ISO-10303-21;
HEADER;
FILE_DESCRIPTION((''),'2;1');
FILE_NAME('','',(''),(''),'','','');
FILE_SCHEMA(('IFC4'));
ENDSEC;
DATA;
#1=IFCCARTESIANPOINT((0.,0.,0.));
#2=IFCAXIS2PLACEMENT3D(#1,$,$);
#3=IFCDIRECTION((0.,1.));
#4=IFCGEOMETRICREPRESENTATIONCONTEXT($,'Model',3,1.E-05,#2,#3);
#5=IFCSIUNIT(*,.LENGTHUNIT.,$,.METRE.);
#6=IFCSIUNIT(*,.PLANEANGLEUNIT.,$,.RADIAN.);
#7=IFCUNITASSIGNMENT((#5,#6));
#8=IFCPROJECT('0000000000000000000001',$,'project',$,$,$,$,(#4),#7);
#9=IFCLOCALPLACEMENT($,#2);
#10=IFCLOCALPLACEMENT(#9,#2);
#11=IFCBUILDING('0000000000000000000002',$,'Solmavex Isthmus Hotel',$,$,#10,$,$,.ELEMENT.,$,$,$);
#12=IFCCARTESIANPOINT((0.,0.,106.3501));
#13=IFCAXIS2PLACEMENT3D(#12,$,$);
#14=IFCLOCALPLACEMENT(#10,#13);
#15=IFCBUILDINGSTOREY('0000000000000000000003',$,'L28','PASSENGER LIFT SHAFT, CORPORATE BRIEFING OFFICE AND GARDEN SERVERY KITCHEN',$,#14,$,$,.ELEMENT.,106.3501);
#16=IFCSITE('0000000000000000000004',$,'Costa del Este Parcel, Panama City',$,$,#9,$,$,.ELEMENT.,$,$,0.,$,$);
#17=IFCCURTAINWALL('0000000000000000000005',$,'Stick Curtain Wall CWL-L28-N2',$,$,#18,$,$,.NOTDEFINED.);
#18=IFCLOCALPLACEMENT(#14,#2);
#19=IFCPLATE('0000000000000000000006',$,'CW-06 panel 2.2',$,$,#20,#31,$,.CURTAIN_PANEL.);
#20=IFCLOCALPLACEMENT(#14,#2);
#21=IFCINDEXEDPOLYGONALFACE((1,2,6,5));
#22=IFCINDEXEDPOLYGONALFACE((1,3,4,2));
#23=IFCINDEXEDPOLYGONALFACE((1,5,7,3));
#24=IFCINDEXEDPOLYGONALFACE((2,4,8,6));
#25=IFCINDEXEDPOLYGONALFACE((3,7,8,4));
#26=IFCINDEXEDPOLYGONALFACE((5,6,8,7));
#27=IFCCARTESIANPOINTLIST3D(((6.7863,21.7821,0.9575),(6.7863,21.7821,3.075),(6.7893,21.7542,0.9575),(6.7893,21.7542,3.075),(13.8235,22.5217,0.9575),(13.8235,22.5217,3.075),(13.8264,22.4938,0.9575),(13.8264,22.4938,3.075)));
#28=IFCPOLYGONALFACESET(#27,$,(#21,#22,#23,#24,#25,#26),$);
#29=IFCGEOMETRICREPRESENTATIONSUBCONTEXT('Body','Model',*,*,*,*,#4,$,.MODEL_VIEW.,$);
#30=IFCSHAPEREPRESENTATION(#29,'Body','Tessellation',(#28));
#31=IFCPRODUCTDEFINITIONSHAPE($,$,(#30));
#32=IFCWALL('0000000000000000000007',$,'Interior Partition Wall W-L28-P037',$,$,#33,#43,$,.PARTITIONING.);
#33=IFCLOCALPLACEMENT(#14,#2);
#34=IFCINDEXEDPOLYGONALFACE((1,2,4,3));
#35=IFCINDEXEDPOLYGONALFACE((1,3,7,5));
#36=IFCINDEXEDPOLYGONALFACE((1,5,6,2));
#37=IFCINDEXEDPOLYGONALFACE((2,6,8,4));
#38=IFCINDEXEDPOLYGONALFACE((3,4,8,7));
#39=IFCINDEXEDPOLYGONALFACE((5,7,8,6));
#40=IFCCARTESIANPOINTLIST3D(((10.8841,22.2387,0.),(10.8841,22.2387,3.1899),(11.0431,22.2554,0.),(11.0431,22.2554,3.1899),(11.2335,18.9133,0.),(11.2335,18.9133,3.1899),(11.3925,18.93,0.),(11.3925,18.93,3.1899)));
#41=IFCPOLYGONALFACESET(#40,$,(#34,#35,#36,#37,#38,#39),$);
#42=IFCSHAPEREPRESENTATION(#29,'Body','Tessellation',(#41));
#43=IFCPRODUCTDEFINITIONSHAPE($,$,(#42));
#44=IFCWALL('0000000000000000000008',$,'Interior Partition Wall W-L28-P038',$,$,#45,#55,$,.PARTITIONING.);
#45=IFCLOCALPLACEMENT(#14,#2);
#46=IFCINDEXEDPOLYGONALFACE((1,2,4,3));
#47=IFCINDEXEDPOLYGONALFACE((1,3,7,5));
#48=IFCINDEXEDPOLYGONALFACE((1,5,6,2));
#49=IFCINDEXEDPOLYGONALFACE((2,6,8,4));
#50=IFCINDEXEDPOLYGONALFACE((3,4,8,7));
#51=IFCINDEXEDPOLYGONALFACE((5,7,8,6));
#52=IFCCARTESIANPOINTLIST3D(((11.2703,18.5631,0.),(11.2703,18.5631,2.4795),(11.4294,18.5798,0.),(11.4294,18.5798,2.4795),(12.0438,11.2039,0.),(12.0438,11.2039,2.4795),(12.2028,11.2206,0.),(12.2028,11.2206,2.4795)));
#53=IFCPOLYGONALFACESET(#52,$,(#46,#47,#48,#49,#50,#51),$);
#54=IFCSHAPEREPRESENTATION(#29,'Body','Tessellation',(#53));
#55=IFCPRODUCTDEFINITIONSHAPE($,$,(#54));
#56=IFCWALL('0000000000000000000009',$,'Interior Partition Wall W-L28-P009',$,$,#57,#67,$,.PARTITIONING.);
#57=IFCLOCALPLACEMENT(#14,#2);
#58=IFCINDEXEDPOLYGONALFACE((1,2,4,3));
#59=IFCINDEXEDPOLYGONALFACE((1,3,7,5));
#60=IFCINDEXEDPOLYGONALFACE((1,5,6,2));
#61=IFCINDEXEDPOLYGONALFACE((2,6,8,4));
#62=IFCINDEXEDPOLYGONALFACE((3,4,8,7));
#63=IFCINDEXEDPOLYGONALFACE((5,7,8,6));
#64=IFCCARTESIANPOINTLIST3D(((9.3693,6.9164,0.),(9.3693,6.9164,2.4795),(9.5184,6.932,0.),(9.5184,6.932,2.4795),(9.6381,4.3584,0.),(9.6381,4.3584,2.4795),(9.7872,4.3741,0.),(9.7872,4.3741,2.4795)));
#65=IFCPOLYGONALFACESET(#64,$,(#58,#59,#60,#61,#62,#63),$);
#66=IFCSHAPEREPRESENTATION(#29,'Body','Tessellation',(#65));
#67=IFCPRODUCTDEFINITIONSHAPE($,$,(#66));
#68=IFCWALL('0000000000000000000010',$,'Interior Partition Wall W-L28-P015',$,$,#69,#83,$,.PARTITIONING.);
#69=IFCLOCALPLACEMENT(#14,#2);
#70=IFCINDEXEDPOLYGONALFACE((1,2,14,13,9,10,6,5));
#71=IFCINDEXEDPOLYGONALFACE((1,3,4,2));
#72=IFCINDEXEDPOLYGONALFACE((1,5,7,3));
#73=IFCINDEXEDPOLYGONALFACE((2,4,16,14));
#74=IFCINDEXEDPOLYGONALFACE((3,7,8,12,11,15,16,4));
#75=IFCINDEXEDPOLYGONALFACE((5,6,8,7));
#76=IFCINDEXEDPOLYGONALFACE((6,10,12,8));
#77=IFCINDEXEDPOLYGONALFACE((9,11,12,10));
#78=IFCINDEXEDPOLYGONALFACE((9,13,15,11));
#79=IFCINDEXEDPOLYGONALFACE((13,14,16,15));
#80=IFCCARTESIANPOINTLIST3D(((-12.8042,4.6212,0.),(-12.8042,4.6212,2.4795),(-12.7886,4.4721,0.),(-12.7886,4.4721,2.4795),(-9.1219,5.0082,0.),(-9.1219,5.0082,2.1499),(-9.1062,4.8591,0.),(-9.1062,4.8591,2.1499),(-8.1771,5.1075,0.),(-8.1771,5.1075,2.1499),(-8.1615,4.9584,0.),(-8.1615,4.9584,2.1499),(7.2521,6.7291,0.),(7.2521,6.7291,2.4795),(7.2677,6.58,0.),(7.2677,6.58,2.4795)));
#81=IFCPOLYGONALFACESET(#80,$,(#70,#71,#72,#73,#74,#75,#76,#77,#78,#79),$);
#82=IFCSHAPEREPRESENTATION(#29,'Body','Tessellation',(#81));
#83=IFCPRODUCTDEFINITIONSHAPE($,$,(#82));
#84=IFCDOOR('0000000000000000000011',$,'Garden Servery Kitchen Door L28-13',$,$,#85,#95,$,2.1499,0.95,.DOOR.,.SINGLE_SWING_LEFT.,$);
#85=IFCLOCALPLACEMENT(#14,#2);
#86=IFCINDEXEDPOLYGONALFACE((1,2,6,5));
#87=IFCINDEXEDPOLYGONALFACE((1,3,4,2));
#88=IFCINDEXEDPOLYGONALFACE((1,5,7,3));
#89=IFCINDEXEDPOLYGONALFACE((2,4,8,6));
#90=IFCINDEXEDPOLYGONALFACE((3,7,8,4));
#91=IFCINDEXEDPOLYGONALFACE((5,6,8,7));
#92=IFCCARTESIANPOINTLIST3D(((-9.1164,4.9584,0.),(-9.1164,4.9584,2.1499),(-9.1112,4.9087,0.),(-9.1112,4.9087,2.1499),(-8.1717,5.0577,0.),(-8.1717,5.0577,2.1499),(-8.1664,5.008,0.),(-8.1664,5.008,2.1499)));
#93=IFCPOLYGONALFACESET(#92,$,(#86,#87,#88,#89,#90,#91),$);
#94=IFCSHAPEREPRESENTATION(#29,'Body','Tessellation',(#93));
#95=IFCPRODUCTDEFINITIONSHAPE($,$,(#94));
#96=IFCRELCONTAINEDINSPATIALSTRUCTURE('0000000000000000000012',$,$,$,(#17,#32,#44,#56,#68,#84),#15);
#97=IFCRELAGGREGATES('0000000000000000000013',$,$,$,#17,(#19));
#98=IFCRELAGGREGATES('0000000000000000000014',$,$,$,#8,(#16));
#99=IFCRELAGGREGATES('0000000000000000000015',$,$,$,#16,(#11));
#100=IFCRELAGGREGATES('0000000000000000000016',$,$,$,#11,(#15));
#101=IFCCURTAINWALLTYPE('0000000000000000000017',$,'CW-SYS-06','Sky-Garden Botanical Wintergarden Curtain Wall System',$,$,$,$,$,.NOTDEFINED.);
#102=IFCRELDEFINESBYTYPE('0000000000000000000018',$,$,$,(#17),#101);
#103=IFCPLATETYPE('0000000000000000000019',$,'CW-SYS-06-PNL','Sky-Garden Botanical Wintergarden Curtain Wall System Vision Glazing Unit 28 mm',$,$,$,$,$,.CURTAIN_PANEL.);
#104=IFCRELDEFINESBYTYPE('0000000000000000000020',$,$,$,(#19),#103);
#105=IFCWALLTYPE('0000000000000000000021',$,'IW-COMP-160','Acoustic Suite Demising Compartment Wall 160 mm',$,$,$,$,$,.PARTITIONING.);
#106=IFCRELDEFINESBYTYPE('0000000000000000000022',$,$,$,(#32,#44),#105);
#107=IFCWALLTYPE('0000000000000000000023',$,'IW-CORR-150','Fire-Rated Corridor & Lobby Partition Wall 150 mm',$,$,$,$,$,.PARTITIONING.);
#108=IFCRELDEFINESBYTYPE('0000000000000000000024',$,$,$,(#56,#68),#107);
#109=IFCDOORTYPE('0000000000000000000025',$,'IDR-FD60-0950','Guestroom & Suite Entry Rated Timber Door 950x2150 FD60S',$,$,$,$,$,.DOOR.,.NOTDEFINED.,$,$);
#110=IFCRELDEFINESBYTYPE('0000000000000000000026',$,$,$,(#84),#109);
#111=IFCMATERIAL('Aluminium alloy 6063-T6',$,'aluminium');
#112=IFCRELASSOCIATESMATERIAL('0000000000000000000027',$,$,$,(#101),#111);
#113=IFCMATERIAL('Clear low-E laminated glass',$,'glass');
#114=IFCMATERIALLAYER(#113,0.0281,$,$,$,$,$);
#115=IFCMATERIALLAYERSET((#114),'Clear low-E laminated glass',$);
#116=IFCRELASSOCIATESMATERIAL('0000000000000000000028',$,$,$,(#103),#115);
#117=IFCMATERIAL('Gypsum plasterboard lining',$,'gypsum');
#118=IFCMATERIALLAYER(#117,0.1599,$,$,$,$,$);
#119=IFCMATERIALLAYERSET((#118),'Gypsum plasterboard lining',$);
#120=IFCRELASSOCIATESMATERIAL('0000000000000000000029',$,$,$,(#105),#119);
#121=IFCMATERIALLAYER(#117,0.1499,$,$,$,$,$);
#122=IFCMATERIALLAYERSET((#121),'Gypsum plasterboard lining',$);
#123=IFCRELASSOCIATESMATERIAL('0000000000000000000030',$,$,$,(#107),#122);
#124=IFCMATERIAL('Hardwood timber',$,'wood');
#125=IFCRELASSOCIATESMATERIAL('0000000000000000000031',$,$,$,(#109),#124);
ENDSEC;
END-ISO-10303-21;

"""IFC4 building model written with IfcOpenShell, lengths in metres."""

from ifc_helpers import new_model, si_unit, direction, frame, frame_2d, origin, origin_2d, place, context, subcontext, project, spatial, rectangle, extrude, material, layer, layer_set, type_object, element, fill, aggregate, save


model = new_model("IFC4")

# Units and contexts
model_context = context("Model", 3, precision=1e-05, world=origin(), true_north=direction((0.0, 1.0)))
body_context = subcontext(model_context, "Body", "Model", "MODEL_VIEW")
ifc_project = project(units=[si_unit("LENGTHUNIT", "METRE"), si_unit("PLANEANGLEUNIT", "RADIAN")], contexts=[model_context])

# Site, building, storey
site_placement = place(None, origin())
site = spatial("IfcSite", under=ifc_project, at=site_placement, Name="Costa del Este Parcel, Panama City", CompositionType="ELEMENT", RefElevation=0.0)
building_placement = place(site_placement, origin())
building = spatial("IfcBuilding", under=site, at=building_placement, Name="Solmavex Isthmus Hotel", CompositionType="ELEMENT")
storey_placement = place(building_placement, frame((0.0, 0.0, 106.3501)))
storey = spatial("IfcBuildingStorey", under=building, at=storey_placement, Name="L28", Description="PASSENGER LIFT SHAFT, CORPORATE BRIEFING OFFICE AND GARDEN SERVERY KITCHEN", CompositionType="ELEMENT", Elevation=106.3501)

# Curtain wall, plate
ifc_material_1 = material(Name="Aluminium alloy 6063-T6", Category="aluminium")
curtain_wall_type = type_object("IfcCurtainWallType", Name="CW-SYS-06", Description="Sky-Garden Botanical Wintergarden Curtain Wall System", PredefinedType="NOTDEFINED", material=ifc_material_1)
curtain_wall_placement = place(storey_placement, origin())
curtain_wall = element("IfcCurtainWall", 1, at=curtain_wall_placement, inside=storey, type_object=curtain_wall_type, Name="Stick Curtain Wall CWL-L28-N2", PredefinedType="NOTDEFINED")
ifc_material_2 = material(Name="Clear low-E laminated glass", Category="glass")
ifc_layer_1 = layer(ifc_material_2, 0.0281)
ifc_layer_set_1 = layer_set([ifc_layer_1], Name="Clear low-E laminated glass")
plate_type = type_object("IfcPlateType", Name="CW-SYS-06-PNL", Description="Sky-Garden Botanical Wintergarden Curtain Wall System Vision Glazing Unit 28 mm", PredefinedType="CURTAIN_PANEL", material=ifc_layer_set_1)
plate_1_placement = place(storey_placement, frame((10.3064, 22.1379, 0.9575), z_axis=(0.0, 0.0, 1.0), x_axis=(0.994522, 0.104529, 0.0)))
plate_1 = element("IfcPlate", 2, at=plate_1_placement, type_object=plate_type, Name="CW-06 panel 2.2", PredefinedType="CURTAIN_PANEL", context=body_context, shape_type="SweptSolid", body=[
    extrude(rectangle(XDim=7.0759, YDim=0.0281, at=origin_2d()), origin(), (0.0, 0.0, 1.0), 2.1174),
])
aggregate(curtain_wall, [plate_1])

# Walls
ifc_material_3 = material(Name="Gypsum plasterboard lining", Category="gypsum")
ifc_layer_2 = layer(ifc_material_3, 0.1599)
ifc_layer_set_2 = layer_set([ifc_layer_2], Name="Gypsum plasterboard lining")
wall_type_1 = type_object("IfcWallType", Name="IW-COMP-160", Description="Acoustic Suite Demising Compartment Wall 160 mm", PredefinedType="PARTITIONING", material=ifc_layer_set_2)
wall_1_placement = place(storey_placement, frame((10.9636, 22.2471, 0.0), z_axis=(0.0, 0.0, 1.0), x_axis=(0.104483, -0.994527, 0.0)))
element("IfcWall", 3, at=wall_1_placement, inside=storey, type_object=wall_type_1, Name="Interior Partition Wall W-L28-P037", PredefinedType="PARTITIONING", context=body_context, shape_type="SweptSolid", body=[
    extrude(rectangle(XDim=3.3438, YDim=0.1599, at=frame_2d((1.6719, 0.0))), origin(), (0.0, 0.0, 1.0), 3.1899),
])
wall_2_placement = place(storey_placement, frame((11.3499, 18.5713, 0.0), z_axis=(0.0, 0.0, 1.0), x_axis=(0.104523, -0.994522, 0.0)))
element("IfcWall", 4, at=wall_2_placement, inside=storey, type_object=wall_type_1, Name="Interior Partition Wall W-L28-P038", PredefinedType="PARTITIONING", context=body_context, shape_type="SweptSolid", body=[
    extrude(rectangle(XDim=7.3997, YDim=0.1599, at=frame_2d((3.6997, 0.0))), origin(), (0.0, 0.0, 1.0), 2.4795),
])
ifc_layer_3 = layer(ifc_material_3, 0.1499)
ifc_layer_set_3 = layer_set([ifc_layer_3], Name="Gypsum plasterboard lining")
wall_type_2 = type_object("IfcWallType", Name="IW-CORR-150", Description="Fire-Rated Corridor & Lobby Partition Wall 150 mm", PredefinedType="PARTITIONING", material=ifc_layer_set_3)
wall_3_placement = place(storey_placement, frame((9.4438, 6.9243, 0.0), z_axis=(0.0, 0.0, 1.0), x_axis=(0.104512, -0.994524, 0.0)))
element("IfcWall", 5, at=wall_3_placement, inside=storey, type_object=wall_type_2, Name="Interior Partition Wall W-L28-P009", PredefinedType="PARTITIONING", context=body_context, shape_type="SweptSolid", body=[
    extrude(rectangle(XDim=2.572, YDim=0.1499, at=frame_2d((1.2861, 0.0))), origin(), (0.0, 0.0, 1.0), 2.4795),
])

# Wall, opening, door
wall_4_placement = place(storey_placement, frame((7.26, 6.6545, 0.0), z_axis=(0.0, 0.0, 1.0), x_axis=(-0.994522, -0.104523, 0.0)))
wall_4 = element("IfcWall", 6, at=wall_4_placement, inside=storey, type_object=wall_type_2, Name="Interior Partition Wall W-L28-P015", PredefinedType="PARTITIONING", context=body_context, shape_type="SweptSolid", body=[
    extrude(rectangle(XDim=20.1667, YDim=0.1499, at=frame_2d((10.0835, 0.0))), origin(), (0.0, 0.0, 1.0), 2.4795),
])
opening_placement = place(wall_4_placement, frame((15.5142, 0.0, 0.0)))
opening = element("IfcOpeningElement", 7, at=opening_placement, cuts=wall_4, PredefinedType="OPENING", context=body_context, shape_type="SweptSolid", body=[
    extrude(rectangle(XDim=0.95, YDim=2.1499, at=frame_2d((0.4751, 1.075))), frame((0.0, 0.085, 0.0), z_axis=(0.0, -1.0, 0.0), x_axis=(1.0, 0.0, 0.0)), (0.0, 0.0, 1.0), 0.1699),
])
ifc_material_4 = material(Name="Hardwood timber", Category="wood")
door_type = type_object("IfcDoorType", Name="IDR-FD60-0950", Description="Guestroom & Suite Entry Rated Timber Door 950x2150 FD60S", OperationType="NOTDEFINED", PredefinedType="DOOR", material=ifc_material_4)
door_placement = place(opening_placement, frame((0.95, 0.0, 0.0), z_axis=(0.0, 0.0, 1.0), x_axis=(-1.0, 0.0, 0.0)))
door = element("IfcDoor", 8, at=door_placement, inside=storey, type_object=door_type, Name="Garden Servery Kitchen Door L28-13", OperationType="SINGLE_SWING_LEFT", OverallHeight=2.1499, OverallWidth=0.95, PredefinedType="DOOR", context=body_context, shape_type="SweptSolid", body=[
    extrude(rectangle(XDim=0.95, YDim=2.1499, at=frame_2d((0.4751, 1.075))), frame((0.0, 0.0249, 0.0), z_axis=(0.0, -1.0, 0.0), x_axis=(1.0, 0.0, 0.0)), (0.0, 0.0, 1.0), 0.05),
])
fill(opening, door)

save(model, "model.ifc")
